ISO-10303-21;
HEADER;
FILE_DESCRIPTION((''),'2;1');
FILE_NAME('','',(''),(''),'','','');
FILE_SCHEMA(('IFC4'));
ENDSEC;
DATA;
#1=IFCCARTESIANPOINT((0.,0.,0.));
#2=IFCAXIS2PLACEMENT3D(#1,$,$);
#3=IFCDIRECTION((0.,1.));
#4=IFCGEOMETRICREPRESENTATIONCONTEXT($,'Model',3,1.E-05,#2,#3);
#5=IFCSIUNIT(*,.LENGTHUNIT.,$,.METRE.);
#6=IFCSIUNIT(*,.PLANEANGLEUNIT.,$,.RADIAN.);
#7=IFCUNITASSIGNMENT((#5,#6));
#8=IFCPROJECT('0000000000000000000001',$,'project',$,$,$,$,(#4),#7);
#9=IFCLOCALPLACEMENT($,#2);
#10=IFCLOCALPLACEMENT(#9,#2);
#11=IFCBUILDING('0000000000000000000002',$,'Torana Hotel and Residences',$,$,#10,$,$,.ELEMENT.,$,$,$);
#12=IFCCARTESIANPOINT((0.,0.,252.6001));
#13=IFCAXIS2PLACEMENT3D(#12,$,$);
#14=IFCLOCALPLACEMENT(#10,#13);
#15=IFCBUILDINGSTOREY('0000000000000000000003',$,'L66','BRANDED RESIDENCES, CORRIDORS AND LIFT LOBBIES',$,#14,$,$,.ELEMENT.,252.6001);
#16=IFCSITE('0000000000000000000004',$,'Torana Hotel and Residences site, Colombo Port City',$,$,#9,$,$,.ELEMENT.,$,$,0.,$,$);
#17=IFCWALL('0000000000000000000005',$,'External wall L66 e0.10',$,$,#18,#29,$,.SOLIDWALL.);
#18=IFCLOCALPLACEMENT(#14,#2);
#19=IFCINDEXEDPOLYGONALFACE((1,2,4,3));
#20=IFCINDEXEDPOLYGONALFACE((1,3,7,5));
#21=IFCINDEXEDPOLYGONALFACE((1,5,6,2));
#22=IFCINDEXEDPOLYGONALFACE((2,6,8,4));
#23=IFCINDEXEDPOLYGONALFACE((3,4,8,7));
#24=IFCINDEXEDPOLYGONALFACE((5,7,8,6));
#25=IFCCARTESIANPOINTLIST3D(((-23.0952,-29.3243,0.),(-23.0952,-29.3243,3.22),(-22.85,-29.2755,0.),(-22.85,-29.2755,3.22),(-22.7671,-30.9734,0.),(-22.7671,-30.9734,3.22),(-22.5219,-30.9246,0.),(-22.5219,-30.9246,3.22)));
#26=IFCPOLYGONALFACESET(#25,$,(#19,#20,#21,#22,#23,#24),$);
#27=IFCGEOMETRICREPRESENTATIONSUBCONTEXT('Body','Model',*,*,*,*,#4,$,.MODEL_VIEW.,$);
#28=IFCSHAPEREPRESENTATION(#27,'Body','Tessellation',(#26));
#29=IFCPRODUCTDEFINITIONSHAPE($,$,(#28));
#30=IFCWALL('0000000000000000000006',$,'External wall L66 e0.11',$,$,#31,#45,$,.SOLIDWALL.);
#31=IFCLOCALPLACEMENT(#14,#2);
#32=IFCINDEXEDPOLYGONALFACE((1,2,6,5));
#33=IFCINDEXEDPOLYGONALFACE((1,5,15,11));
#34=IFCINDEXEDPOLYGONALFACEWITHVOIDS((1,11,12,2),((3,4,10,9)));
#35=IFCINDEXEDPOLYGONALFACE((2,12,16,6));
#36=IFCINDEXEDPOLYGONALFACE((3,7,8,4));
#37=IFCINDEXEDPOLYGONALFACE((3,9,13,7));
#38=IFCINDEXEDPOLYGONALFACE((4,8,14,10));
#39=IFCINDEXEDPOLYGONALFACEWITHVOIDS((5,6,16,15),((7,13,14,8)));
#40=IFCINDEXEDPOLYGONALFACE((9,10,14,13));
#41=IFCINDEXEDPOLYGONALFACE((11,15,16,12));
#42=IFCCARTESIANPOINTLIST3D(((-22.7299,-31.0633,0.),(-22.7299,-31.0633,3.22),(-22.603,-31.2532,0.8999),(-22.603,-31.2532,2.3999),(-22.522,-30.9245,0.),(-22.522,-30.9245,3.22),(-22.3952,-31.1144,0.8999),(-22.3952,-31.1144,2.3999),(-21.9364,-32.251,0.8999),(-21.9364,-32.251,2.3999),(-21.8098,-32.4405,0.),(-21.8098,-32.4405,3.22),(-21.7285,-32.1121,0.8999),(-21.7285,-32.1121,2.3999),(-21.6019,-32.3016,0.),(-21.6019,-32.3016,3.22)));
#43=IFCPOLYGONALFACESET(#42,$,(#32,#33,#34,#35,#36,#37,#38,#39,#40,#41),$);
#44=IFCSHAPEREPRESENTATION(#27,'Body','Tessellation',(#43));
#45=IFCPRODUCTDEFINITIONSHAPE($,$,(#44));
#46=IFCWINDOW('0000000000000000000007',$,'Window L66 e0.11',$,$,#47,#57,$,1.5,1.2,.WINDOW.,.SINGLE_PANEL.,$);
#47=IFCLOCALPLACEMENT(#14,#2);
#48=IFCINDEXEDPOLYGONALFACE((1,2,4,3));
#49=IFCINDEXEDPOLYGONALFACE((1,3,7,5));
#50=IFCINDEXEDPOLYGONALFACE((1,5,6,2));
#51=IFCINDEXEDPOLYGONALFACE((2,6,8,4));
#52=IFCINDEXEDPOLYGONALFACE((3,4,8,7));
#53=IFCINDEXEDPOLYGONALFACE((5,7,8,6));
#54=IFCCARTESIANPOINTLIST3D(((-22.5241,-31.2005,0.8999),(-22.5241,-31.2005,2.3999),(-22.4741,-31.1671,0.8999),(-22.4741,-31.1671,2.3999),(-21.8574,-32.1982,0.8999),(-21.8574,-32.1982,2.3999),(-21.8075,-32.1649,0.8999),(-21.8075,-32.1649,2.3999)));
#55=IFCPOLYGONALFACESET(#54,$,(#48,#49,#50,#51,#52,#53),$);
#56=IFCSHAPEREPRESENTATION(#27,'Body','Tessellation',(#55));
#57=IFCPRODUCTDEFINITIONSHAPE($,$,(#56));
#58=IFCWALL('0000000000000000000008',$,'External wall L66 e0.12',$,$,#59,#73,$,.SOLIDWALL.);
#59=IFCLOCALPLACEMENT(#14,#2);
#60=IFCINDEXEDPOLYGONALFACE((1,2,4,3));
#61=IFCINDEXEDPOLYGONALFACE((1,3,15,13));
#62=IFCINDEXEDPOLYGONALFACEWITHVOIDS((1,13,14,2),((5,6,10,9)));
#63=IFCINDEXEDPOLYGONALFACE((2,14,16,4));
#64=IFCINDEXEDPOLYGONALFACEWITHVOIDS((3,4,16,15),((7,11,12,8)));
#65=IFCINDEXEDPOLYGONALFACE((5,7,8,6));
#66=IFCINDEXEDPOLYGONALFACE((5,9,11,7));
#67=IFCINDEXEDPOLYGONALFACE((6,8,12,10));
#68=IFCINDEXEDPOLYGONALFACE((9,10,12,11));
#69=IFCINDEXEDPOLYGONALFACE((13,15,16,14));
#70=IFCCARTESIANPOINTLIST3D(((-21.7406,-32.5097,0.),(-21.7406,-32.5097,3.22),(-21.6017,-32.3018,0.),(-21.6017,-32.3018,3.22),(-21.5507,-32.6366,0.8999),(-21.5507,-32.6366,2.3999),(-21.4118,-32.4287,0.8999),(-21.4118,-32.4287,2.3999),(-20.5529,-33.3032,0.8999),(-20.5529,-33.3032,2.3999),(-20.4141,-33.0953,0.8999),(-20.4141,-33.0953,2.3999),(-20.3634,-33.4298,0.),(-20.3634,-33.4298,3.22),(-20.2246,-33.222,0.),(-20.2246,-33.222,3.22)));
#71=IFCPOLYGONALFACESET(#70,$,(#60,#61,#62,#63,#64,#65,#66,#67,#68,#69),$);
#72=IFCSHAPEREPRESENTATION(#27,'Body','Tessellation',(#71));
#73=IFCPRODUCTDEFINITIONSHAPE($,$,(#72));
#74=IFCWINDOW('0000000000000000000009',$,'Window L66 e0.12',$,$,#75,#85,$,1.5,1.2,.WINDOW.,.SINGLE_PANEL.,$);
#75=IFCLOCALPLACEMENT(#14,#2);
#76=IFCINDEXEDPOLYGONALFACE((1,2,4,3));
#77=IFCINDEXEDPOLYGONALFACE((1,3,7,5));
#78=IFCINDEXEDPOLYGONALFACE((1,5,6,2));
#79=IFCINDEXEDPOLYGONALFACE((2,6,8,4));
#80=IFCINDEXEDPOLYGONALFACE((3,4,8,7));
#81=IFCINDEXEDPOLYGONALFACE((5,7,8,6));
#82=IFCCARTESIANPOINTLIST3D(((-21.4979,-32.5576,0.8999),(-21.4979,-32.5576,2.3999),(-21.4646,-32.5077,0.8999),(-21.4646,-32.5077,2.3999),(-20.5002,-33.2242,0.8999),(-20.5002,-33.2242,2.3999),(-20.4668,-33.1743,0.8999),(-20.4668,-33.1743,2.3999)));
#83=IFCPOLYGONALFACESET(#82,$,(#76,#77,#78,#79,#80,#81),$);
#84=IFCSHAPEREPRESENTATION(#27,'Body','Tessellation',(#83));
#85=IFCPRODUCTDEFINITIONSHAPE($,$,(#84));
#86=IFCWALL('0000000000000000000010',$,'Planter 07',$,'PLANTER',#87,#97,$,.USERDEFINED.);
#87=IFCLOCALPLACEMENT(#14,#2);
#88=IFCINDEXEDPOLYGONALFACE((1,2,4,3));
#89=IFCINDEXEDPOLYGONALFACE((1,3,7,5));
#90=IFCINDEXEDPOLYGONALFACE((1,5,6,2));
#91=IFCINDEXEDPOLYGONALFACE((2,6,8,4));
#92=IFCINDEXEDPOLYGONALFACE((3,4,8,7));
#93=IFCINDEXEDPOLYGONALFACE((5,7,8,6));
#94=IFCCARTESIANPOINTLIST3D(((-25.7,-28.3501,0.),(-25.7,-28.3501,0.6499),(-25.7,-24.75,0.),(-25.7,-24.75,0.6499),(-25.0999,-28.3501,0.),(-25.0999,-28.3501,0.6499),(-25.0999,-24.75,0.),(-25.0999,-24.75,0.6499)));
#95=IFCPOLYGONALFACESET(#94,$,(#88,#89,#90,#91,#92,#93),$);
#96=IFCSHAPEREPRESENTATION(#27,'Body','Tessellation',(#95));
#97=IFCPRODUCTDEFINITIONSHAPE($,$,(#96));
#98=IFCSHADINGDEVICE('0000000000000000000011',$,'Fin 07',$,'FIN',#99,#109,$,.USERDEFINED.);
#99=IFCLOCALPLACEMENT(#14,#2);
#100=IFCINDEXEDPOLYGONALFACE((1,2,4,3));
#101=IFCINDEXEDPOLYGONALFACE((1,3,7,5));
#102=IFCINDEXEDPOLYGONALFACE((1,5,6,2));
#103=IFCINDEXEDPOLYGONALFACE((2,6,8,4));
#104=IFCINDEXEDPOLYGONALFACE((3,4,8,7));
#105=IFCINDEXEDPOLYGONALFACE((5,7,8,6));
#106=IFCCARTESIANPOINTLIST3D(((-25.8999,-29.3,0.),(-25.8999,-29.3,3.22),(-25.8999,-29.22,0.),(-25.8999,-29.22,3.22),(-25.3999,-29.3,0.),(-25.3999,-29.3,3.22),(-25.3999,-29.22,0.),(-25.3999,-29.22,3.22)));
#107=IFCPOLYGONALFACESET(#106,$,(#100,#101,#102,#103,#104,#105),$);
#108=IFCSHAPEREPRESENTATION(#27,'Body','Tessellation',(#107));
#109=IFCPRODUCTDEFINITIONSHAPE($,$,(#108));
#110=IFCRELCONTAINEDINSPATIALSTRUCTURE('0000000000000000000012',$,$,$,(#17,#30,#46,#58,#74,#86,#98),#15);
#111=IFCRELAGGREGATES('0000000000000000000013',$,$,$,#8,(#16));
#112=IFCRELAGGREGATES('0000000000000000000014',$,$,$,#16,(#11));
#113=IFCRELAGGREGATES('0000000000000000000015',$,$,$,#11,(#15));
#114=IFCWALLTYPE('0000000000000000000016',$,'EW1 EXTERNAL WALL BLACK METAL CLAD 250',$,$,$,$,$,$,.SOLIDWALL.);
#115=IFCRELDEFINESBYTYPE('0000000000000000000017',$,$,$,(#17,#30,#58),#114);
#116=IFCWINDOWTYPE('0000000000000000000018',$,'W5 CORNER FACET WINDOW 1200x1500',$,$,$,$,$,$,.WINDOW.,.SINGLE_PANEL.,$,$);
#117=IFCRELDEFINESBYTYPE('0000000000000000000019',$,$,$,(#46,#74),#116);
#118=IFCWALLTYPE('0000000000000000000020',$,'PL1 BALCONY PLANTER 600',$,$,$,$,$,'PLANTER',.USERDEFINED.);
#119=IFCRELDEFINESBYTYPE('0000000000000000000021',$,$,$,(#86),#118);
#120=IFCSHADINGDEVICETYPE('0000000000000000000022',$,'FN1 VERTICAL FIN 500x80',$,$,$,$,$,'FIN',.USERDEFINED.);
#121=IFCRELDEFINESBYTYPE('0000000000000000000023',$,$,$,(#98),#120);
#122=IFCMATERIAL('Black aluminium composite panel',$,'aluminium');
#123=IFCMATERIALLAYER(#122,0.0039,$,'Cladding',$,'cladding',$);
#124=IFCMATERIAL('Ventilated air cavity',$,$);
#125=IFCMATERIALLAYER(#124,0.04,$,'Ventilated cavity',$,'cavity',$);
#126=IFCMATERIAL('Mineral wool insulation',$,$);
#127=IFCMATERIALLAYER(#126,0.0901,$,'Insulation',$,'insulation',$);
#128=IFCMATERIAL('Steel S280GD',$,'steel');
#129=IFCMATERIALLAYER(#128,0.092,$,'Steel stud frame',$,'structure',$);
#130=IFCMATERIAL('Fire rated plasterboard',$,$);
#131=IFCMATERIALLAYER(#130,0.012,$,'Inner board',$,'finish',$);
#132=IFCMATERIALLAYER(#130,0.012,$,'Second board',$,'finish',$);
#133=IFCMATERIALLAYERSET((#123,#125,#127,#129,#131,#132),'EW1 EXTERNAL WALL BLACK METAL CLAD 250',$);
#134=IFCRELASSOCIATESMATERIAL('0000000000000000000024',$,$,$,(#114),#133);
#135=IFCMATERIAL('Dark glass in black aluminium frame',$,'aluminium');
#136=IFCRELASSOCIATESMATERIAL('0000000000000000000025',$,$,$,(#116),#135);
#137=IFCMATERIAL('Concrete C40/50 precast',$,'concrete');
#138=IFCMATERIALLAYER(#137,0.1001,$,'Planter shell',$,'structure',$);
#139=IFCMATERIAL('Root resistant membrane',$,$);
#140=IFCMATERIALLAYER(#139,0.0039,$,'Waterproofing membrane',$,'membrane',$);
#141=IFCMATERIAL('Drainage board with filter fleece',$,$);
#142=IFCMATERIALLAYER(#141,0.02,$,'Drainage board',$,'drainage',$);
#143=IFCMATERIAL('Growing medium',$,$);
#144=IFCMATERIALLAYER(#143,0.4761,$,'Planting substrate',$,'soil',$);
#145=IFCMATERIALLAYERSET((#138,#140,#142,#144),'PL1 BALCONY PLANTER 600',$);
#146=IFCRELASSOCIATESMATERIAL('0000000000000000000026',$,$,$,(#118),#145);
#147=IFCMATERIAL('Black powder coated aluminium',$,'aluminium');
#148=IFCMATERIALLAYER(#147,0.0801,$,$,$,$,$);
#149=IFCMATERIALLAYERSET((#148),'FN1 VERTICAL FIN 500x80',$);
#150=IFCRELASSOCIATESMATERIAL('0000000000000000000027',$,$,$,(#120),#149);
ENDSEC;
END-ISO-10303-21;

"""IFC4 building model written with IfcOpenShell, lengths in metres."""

from ifc_helpers import new_model, si_unit, direction, frame, frame_2d, origin, origin_2d, place, context, subcontext, project, spatial, rectangle, extrude, material, layer, layer_set, type_object, element, fill, save


model = new_model("IFC4")

# Units and contexts
model_context = context("Model", 3, precision=1e-05, world=origin(), true_north=direction((0.0, 1.0)))
body_context = subcontext(model_context, "Body", "Model", "MODEL_VIEW")
ifc_project = project(units=[si_unit("LENGTHUNIT", "METRE"), si_unit("PLANEANGLEUNIT", "RADIAN")], contexts=[model_context])

# Site, building, storey
site_placement = place(None, origin())
site = spatial("IfcSite", under=ifc_project, at=site_placement, Name="Torana Hotel and Residences site, Colombo Port City", CompositionType="ELEMENT", RefElevation=0.0)
building_placement = place(site_placement, origin())
building = spatial("IfcBuilding", under=site, at=building_placement, Name="Torana Hotel and Residences", CompositionType="ELEMENT")
storey_placement = place(building_placement, frame((0.0, 0.0, 252.6001)))
storey = spatial("IfcBuildingStorey", under=building, at=storey_placement, Name="L66", Description="BRANDED RESIDENCES, CORRIDORS AND LIFT LOBBIES", CompositionType="ELEMENT", Elevation=252.6001)

# Wall
ifc_material_1 = material(Name="Black aluminium composite panel", Category="aluminium")
ifc_layer_1 = layer(ifc_material_1, 0.0039, Name="Cladding", Category="cladding")
ifc_material_2 = material(Name="Ventilated air cavity")
ifc_layer_2 = layer(ifc_material_2, 0.04, Name="Ventilated cavity", Category="cavity")
ifc_material_3 = material(Name="Mineral wool insulation")
ifc_layer_3 = layer(ifc_material_3, 0.0901, Name="Insulation", Category="insulation")
ifc_material_4 = material(Name="Steel S280GD", Category="steel")
ifc_layer_4 = layer(ifc_material_4, 0.092, Name="Steel stud frame", Category="structure")
ifc_material_5 = material(Name="Fire rated plasterboard")
ifc_layer_5 = layer(ifc_material_5, 0.012, Name="Inner board", Category="finish")
ifc_layer_6 = layer(ifc_material_5, 0.012, Name="Second board", Category="finish")
ifc_layer_set_1 = layer_set([ifc_layer_1, ifc_layer_2, ifc_layer_3, ifc_layer_4, ifc_layer_5, ifc_layer_6], Name="EW1 EXTERNAL WALL BLACK METAL CLAD 250")
wall_type_1 = type_object("IfcWallType", Name="EW1 EXTERNAL WALL BLACK METAL CLAD 250", PredefinedType="SOLIDWALL", material=ifc_layer_set_1)
wall_1_placement = place(storey_placement, frame((-22.9727, -29.2998, 0.0), z_axis=(0.0, 0.0, 1.0), x_axis=(0.195139, -0.980776, 0.0)))
element("IfcWall", 1, at=wall_1_placement, inside=storey, type_object=wall_type_1, Name="External wall L66 e0.10", PredefinedType="SOLIDWALL", context=body_context, shape_type="SweptSolid", body=[
    extrude(rectangle(XDim=1.6814, YDim=0.25, at=frame_2d((0.8408, 0.0))), origin(), (0.0, 0.0, 1.0), 3.22),
])

# Walls, openings, windows
wall_2_placement = place(storey_placement, frame((-22.626, -30.9939, 0.0), z_axis=(0.0, 0.0, 1.0), x_axis=(0.55555, -0.831483, 0.0)))
wall_2 = element("IfcWall", 2, at=wall_2_placement, inside=storey, type_object=wall_type_1, Name="External wall L66 e0.11", PredefinedType="SOLIDWALL", context=body_context, shape_type="SweptSolid", body=[
    extrude(rectangle(XDim=1.6562, YDim=0.25, at=frame_2d((0.8281, 0.0))), origin(), (0.0, 0.0, 1.0), 3.22),
])
opening_1_placement = place(wall_2_placement, frame((0.2283, 0.0, 0.8999)))
opening_1 = element("IfcOpeningElement", 3, at=opening_1_placement, cuts=wall_2, PredefinedType="OPENING", context=body_context, shape_type="SweptSolid", body=[
    extrude(rectangle(XDim=1.2, YDim=1.5, at=frame_2d((0.6001, 0.75))), frame((0.0, 0.135, 0.0), z_axis=(0.0, -1.0, 0.0), x_axis=(1.0, 0.0, 0.0)), (0.0, 0.0, 1.0), 0.27),
])
ifc_material_6 = material(Name="Dark glass in black aluminium frame", Category="aluminium")
window_type = type_object("IfcWindowType", Name="W5 CORNER FACET WINDOW 1200x1500", PartitioningType="SINGLE_PANEL", PredefinedType="WINDOW", material=ifc_material_6)
window_1_placement = place(opening_1_placement, origin())
window_1 = element("IfcWindow", 4, at=window_1_placement, inside=storey, type_object=window_type, Name="Window L66 e0.11", OverallHeight=1.5, OverallWidth=1.2, PartitioningType="SINGLE_PANEL", PredefinedType="WINDOW", context=body_context, shape_type="SweptSolid", body=[
    extrude(rectangle(XDim=1.2, YDim=1.5, at=frame_2d((0.6001, 0.75))), frame((0.0, 0.03, 0.0), z_axis=(0.0, -1.0, 0.0), x_axis=(1.0, 0.0, 0.0)), (0.0, 0.0, 1.0), 0.0601),
])
fill(opening_1, window_1)
wall_3_placement = place(storey_placement, frame((-21.6711, -32.4058, 0.0), z_axis=(0.0, 0.0, 1.0), x_axis=(0.831483, -0.55555, 0.0)))
wall_3 = element("IfcWall", 5, at=wall_3_placement, inside=storey, type_object=wall_type_1, Name="External wall L66 e0.12", PredefinedType="SOLIDWALL", context=body_context, shape_type="SweptSolid", body=[
    extrude(rectangle(XDim=1.6562, YDim=0.25, at=frame_2d((0.8281, 0.0))), origin(), (0.0, 0.0, 1.0), 3.22),
])
opening_2_placement = place(wall_3_placement, frame((0.2283, 0.0, 0.8999)))
opening_2 = element("IfcOpeningElement", 6, at=opening_2_placement, cuts=wall_3, PredefinedType="OPENING", context=body_context, shape_type="SweptSolid", body=[
    extrude(rectangle(XDim=1.2, YDim=1.5, at=frame_2d((0.6001, 0.75))), frame((0.0, 0.135, 0.0), z_axis=(0.0, -1.0, 0.0), x_axis=(1.0, 0.0, 0.0)), (0.0, 0.0, 1.0), 0.27),
])
window_2_placement = place(opening_2_placement, origin())
window_2 = element("IfcWindow", 7, at=window_2_placement, inside=storey, type_object=window_type, Name="Window L66 e0.12", OverallHeight=1.5, OverallWidth=1.2, PartitioningType="SINGLE_PANEL", PredefinedType="WINDOW", context=body_context, shape_type="SweptSolid", body=[
    extrude(rectangle(XDim=1.2, YDim=1.5, at=frame_2d((0.6001, 0.75))), frame((0.0, 0.03, 0.0), z_axis=(0.0, -1.0, 0.0), x_axis=(1.0, 0.0, 0.0)), (0.0, 0.0, 1.0), 0.0601),
])
fill(opening_2, window_2)

# Wall
ifc_material_7 = material(Name="Concrete C40/50 precast", Category="concrete")
ifc_layer_7 = layer(ifc_material_7, 0.1001, Name="Planter shell", Category="structure")
ifc_material_8 = material(Name="Root resistant membrane")
ifc_layer_8 = layer(ifc_material_8, 0.0039, Name="Waterproofing membrane", Category="membrane")
ifc_material_9 = material(Name="Drainage board with filter fleece")
ifc_layer_9 = layer(ifc_material_9, 0.02, Name="Drainage board", Category="drainage")
ifc_material_10 = material(Name="Growing medium")
ifc_layer_10 = layer(ifc_material_10, 0.4761, Name="Planting substrate", Category="soil")
ifc_layer_set_2 = layer_set([ifc_layer_7, ifc_layer_8, ifc_layer_9, ifc_layer_10], Name="PL1 BALCONY PLANTER 600")
wall_type_2 = type_object("IfcWallType", Name="PL1 BALCONY PLANTER 600", ElementType="PLANTER", PredefinedType="USERDEFINED", material=ifc_layer_set_2)
wall_4_placement = place(storey_placement, frame((-25.3999, -28.3501, 0.0), z_axis=(0.0, 0.0, 1.0), x_axis=(0.0, 1.0, 0.0)))
element("IfcWall", 8, at=wall_4_placement, inside=storey, type_object=wall_type_2, Name="Planter 07", ObjectType="PLANTER", PredefinedType="USERDEFINED", context=body_context, shape_type="SweptSolid", body=[
    extrude(rectangle(XDim=3.6001, YDim=0.6001, at=frame_2d((1.8, 0.0))), origin(), (0.0, 0.0, 1.0), 0.6499),
])

# Shading device
ifc_material_11 = material(Name="Black powder coated aluminium", Category="aluminium")
ifc_layer_11 = layer(ifc_material_11, 0.0801)
ifc_layer_set_3 = layer_set([ifc_layer_11], Name="FN1 VERTICAL FIN 500x80")
shading_device_type = type_object("IfcShadingDeviceType", Name="FN1 VERTICAL FIN 500x80", ElementType="FIN", PredefinedType="USERDEFINED", material=ifc_layer_set_3)
shading_device_placement = place(storey_placement, frame((-25.6499, -29.26, 0.0), z_axis=(0.0, 0.0, 1.0), x_axis=(0.0, 1.0, 0.0)))
element("IfcShadingDevice", 9, at=shading_device_placement, inside=storey, type_object=shading_device_type, Name="Fin 07", ObjectType="FIN", PredefinedType="USERDEFINED", context=body_context, shape_type="SweptSolid", body=[
    extrude(rectangle(XDim=0.0801, YDim=0.5, at=origin_2d()), origin(), (0.0, 0.0, 1.0), 3.22),
])

save(model, "model.ifc")
